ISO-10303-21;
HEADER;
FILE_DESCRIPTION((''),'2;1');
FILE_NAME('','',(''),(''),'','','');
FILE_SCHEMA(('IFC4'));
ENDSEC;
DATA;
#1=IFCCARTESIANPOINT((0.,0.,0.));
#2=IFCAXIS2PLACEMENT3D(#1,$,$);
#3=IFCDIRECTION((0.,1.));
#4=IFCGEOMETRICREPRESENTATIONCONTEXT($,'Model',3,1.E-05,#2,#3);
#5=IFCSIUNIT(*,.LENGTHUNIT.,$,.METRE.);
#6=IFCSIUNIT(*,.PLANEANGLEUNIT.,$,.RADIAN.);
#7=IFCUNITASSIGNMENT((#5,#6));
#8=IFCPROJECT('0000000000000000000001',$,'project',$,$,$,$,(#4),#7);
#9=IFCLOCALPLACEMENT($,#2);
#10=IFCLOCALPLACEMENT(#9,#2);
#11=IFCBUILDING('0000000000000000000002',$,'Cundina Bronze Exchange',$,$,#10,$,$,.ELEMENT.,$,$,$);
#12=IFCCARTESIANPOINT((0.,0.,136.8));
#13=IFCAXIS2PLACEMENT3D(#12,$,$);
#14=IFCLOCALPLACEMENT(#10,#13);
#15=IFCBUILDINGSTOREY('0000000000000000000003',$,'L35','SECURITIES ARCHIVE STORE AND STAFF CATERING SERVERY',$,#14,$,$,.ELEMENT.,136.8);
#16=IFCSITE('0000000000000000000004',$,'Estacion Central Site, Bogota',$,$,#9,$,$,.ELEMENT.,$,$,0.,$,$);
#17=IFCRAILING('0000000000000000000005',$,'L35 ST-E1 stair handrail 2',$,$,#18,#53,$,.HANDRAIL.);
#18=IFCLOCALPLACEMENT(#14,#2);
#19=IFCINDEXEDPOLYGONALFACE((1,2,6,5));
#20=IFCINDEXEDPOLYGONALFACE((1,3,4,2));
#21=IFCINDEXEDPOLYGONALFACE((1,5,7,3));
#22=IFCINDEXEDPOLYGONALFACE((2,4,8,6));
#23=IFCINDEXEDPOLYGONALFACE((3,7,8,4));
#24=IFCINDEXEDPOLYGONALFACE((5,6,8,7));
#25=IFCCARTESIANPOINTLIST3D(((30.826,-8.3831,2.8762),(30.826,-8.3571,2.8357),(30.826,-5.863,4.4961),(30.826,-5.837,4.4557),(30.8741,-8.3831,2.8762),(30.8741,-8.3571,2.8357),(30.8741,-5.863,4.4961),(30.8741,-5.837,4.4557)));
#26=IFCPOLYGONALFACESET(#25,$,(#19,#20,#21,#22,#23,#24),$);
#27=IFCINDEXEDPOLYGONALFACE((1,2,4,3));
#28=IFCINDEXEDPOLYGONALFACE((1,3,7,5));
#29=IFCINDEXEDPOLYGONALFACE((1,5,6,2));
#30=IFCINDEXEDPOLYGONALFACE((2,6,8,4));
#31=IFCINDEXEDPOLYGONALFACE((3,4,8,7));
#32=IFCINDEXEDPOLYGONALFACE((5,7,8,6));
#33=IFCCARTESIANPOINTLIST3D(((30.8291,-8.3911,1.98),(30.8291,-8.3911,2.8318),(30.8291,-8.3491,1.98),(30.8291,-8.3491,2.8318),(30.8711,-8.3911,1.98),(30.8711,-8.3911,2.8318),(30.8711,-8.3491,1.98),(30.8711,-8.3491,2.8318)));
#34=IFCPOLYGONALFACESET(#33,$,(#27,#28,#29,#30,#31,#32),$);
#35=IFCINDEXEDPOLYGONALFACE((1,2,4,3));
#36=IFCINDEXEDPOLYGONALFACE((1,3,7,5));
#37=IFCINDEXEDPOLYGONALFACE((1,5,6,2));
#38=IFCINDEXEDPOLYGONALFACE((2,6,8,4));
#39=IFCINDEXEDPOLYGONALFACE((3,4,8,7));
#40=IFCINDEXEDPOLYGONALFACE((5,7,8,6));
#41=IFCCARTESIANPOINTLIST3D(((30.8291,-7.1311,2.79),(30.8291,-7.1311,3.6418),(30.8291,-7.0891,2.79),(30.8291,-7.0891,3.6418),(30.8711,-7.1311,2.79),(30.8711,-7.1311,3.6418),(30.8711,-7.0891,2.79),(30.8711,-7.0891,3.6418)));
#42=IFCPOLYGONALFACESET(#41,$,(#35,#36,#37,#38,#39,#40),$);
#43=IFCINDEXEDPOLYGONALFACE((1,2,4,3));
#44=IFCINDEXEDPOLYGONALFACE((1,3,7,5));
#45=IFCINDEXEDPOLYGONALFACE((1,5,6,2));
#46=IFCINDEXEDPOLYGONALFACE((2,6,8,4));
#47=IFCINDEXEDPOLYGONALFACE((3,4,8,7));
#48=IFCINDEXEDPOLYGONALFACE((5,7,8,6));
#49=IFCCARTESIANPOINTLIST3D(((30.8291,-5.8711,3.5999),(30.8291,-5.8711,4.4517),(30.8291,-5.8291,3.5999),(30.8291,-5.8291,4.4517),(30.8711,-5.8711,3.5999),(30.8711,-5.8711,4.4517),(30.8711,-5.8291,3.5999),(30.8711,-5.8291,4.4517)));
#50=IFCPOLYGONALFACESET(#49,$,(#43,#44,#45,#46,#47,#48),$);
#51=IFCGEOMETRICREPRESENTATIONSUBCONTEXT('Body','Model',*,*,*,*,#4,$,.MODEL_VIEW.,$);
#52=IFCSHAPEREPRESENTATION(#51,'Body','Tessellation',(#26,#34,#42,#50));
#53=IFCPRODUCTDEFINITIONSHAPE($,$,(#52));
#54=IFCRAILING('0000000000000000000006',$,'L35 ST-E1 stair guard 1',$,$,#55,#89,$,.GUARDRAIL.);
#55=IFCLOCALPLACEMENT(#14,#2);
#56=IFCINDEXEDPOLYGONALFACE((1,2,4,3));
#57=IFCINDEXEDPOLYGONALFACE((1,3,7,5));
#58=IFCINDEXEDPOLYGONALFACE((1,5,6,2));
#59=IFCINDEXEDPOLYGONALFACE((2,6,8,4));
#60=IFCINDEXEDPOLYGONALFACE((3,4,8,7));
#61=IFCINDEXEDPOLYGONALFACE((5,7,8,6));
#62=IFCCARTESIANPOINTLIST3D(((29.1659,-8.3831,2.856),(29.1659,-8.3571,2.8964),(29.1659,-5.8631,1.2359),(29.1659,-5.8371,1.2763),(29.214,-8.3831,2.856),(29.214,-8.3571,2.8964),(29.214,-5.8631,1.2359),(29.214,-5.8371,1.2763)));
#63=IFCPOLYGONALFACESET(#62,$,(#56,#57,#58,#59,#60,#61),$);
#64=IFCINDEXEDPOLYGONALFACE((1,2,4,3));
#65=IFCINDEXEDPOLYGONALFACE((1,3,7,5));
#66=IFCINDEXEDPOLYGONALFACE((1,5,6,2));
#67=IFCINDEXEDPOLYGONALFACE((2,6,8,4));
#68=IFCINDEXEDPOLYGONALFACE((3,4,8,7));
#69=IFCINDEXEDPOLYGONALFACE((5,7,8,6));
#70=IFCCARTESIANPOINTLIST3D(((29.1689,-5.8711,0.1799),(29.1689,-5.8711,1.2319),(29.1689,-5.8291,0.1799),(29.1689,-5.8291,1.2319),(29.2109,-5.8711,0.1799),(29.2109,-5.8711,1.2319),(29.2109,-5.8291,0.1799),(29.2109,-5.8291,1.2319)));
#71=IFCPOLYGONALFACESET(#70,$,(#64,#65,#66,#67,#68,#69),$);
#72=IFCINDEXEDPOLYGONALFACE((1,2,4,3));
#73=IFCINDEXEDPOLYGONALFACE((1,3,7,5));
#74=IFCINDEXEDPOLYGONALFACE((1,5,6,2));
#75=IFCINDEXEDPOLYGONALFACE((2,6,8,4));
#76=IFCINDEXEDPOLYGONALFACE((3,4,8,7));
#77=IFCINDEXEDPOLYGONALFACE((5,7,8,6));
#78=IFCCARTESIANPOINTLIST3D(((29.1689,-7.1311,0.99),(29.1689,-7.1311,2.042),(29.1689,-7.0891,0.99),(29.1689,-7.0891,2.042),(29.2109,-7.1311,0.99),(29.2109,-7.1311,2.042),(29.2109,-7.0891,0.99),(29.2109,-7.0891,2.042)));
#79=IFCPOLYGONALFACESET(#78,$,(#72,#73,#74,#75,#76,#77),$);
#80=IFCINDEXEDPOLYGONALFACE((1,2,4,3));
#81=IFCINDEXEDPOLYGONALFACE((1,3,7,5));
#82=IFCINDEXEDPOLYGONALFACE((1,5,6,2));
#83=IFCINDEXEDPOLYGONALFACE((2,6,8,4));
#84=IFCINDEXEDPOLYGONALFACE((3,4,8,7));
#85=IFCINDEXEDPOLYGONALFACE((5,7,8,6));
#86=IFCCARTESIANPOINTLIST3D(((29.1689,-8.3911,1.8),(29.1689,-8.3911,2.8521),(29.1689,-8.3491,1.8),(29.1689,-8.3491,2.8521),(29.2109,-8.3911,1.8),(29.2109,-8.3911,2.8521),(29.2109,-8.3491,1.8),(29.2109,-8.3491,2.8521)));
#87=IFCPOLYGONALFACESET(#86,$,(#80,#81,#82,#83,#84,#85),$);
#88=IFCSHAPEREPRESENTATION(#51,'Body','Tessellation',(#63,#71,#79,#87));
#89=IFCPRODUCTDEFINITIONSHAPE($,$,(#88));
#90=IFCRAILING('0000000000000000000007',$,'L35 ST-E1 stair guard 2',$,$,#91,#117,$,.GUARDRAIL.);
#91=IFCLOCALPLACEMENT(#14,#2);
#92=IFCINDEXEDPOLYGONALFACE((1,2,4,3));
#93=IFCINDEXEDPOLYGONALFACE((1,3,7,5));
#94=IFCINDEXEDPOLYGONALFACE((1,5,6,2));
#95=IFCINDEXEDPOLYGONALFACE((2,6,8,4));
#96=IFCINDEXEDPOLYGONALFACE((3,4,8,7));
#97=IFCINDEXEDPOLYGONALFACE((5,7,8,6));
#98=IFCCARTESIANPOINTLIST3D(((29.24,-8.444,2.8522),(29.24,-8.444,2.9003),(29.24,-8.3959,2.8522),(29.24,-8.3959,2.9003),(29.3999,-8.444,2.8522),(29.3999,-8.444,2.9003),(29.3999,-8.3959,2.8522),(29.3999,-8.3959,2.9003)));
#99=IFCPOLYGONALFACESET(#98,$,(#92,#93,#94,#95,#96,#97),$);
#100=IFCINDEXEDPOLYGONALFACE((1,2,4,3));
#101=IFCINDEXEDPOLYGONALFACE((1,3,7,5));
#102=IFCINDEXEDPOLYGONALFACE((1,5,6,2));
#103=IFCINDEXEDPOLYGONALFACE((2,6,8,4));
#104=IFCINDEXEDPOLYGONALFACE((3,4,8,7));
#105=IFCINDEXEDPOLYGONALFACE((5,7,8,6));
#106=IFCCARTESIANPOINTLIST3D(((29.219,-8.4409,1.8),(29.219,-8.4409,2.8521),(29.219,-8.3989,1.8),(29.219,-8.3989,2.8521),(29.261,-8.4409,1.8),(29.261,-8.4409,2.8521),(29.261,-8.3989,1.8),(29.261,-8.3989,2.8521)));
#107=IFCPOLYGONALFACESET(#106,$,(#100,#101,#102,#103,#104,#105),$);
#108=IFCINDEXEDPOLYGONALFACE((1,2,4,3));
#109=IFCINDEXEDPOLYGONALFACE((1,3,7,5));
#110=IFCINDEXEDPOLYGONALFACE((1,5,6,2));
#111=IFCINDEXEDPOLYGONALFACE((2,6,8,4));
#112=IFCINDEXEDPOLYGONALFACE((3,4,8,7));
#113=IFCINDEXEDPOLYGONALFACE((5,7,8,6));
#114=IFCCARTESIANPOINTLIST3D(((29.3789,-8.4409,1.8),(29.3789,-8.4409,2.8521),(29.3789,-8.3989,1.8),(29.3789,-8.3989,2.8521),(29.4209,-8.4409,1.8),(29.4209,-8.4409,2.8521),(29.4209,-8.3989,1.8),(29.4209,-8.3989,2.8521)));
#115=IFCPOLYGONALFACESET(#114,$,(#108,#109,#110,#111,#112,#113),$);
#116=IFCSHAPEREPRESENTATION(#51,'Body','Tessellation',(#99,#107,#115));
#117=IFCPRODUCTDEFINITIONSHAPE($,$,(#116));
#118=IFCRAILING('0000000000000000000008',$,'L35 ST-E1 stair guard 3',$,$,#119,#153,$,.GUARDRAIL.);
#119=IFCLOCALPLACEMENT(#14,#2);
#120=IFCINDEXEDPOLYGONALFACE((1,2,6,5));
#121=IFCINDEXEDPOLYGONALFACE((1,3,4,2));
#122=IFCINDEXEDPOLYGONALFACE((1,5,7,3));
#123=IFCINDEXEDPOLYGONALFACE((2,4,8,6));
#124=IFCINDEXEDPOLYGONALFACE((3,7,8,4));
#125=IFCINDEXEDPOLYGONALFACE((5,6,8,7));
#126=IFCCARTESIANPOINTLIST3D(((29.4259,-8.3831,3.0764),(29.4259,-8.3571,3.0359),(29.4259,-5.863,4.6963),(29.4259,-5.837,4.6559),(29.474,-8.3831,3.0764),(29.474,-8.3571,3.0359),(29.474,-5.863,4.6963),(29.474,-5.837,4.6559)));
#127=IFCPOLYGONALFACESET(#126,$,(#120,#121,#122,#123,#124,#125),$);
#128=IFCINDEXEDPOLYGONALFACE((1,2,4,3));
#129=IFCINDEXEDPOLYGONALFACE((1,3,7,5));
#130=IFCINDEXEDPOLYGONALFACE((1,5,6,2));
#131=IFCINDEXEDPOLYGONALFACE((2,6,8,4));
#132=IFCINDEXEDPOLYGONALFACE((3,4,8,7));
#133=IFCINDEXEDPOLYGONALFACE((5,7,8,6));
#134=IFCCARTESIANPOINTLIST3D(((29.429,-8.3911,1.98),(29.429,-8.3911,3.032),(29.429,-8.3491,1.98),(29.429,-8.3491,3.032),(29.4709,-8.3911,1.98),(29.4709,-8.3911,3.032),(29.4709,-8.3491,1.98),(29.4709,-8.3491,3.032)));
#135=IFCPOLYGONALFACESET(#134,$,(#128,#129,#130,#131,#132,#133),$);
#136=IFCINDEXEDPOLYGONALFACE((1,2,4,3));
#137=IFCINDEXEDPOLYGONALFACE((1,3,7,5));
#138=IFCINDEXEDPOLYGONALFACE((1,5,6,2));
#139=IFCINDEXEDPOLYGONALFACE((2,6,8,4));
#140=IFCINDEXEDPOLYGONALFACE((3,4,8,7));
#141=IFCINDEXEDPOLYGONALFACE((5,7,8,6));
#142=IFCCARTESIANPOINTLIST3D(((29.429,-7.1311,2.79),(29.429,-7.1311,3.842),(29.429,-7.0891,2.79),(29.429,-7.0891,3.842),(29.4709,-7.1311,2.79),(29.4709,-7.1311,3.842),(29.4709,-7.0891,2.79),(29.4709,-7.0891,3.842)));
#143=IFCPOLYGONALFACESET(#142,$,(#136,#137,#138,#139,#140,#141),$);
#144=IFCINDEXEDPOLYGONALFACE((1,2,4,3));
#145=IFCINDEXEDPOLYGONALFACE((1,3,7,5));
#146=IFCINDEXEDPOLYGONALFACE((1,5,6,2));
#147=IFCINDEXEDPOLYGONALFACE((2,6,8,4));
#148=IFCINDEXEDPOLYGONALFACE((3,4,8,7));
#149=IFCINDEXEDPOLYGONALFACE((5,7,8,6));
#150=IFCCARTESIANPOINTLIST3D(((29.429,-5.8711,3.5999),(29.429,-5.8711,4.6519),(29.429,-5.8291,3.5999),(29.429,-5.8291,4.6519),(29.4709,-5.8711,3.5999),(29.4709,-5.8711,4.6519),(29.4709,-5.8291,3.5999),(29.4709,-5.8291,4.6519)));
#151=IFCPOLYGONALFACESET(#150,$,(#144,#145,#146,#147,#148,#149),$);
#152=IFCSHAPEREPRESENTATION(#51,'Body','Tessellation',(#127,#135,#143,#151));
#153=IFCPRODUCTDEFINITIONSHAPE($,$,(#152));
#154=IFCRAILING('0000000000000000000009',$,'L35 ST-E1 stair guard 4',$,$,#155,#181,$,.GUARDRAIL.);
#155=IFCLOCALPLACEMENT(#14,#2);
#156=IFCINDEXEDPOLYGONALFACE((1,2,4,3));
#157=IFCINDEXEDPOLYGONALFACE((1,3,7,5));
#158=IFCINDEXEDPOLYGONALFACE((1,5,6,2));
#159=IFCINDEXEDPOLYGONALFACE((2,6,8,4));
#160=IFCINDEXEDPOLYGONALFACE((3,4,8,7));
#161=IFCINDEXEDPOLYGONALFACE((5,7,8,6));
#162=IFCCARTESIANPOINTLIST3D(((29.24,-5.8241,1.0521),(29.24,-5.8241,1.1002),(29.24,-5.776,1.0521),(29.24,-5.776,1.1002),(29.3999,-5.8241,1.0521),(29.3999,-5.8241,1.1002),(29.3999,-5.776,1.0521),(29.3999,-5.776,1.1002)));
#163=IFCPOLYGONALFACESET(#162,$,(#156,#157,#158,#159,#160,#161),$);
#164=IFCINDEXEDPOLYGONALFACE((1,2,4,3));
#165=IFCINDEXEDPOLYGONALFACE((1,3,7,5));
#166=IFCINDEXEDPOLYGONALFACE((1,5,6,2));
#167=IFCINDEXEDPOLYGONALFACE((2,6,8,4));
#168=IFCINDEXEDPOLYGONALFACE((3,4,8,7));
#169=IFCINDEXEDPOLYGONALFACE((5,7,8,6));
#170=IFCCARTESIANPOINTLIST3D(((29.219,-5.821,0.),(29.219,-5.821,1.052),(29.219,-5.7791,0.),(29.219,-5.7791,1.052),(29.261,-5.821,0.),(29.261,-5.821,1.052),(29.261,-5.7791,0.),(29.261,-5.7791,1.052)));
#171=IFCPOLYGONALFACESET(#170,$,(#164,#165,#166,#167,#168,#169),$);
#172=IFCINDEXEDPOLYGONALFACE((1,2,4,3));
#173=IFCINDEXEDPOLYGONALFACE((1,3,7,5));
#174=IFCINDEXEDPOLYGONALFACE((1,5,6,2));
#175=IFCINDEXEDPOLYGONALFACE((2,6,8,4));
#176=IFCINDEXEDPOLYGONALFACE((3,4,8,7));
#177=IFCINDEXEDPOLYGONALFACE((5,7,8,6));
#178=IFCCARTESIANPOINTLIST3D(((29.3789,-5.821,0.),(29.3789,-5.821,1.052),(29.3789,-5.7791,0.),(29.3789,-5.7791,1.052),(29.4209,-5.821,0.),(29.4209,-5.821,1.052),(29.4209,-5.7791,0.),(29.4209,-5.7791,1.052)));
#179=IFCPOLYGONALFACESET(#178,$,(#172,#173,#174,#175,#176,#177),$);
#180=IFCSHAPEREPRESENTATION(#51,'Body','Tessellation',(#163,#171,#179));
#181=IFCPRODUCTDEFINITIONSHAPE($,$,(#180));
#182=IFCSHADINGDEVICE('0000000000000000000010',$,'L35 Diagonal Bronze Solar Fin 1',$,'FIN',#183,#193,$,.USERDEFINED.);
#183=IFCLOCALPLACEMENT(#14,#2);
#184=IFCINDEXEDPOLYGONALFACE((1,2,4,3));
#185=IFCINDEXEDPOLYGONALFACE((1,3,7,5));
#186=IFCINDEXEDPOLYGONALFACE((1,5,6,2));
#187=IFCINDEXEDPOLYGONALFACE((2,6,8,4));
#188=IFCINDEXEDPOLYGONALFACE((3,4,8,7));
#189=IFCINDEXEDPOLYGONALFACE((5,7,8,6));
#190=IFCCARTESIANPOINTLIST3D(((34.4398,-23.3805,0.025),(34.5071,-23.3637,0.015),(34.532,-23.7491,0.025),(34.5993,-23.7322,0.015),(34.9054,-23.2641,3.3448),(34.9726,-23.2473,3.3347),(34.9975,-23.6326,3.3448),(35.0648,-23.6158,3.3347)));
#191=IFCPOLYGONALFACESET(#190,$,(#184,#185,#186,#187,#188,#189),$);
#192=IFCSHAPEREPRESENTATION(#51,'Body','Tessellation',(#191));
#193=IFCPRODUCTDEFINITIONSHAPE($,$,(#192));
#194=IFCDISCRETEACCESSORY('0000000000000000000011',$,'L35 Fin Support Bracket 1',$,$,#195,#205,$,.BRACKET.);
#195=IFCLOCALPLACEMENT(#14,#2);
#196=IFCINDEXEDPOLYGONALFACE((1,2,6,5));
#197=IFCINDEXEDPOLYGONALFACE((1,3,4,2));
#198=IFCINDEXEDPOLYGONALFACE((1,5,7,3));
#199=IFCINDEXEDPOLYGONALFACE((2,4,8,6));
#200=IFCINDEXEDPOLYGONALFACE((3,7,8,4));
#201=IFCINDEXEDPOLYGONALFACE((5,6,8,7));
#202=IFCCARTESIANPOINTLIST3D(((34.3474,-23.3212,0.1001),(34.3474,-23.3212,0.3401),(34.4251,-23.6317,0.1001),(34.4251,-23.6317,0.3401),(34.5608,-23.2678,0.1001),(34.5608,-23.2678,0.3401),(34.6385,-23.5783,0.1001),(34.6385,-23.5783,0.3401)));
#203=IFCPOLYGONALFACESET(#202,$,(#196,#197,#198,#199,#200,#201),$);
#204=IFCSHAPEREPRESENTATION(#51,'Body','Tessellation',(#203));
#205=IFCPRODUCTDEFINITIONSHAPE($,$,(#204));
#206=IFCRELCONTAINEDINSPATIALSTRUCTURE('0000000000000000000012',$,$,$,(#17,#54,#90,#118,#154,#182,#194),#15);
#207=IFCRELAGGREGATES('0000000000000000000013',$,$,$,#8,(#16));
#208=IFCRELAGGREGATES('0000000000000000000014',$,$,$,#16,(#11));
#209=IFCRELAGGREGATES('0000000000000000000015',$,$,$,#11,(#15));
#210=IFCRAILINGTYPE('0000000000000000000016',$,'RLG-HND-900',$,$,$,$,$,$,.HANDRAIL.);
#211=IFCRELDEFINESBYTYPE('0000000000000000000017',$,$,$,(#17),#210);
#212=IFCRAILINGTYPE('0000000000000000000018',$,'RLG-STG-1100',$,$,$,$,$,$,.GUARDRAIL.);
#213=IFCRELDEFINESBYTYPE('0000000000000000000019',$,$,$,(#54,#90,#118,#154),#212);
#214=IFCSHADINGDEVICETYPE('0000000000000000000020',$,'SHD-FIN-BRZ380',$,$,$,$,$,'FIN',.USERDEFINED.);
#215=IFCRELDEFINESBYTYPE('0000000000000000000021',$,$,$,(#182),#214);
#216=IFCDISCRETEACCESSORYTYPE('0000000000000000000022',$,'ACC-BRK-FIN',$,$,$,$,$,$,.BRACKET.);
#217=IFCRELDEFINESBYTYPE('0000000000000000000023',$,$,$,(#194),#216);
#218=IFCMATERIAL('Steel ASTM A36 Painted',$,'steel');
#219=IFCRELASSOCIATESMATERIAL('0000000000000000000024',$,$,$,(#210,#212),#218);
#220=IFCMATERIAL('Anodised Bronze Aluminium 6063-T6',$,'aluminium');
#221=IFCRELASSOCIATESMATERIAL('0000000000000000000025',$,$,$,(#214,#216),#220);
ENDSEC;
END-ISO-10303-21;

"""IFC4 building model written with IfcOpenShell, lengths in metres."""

from ifc_helpers import new_model, si_unit, direction, frame, origin, origin_2d, place, context, subcontext, project, spatial, rectangle, extrude, material, material_profile, profile_set, type_object, element, save


model = new_model("IFC4")

# Units and contexts
model_context = context("Model", 3, precision=1e-05, world=origin(), true_north=direction((0.0, 1.0)))
body_context = subcontext(model_context, "Body", "Model", "MODEL_VIEW")
ifc_project = project(units=[si_unit("LENGTHUNIT", "METRE"), si_unit("PLANEANGLEUNIT", "RADIAN")], contexts=[model_context])

# Site, building, storey
site_placement = place(None, origin())
site = spatial("IfcSite", under=ifc_project, at=site_placement, Name="Estacion Central Site, Bogota", CompositionType="ELEMENT", RefElevation=0.0)
building_placement = place(site_placement, origin())
building = spatial("IfcBuilding", under=site, at=building_placement, Name="Cundina Bronze Exchange", CompositionType="ELEMENT")
storey_placement = place(building_placement, frame((0.0, 0.0, 136.8)))
storey = spatial("IfcBuildingStorey", under=building, at=storey_placement, Name="L35", Description="SECURITIES ARCHIVE STORE AND STAFF CATERING SERVERY", CompositionType="ELEMENT", Elevation=136.8)

# Shared definitions
ifc_material_1 = material(Name="Anodised Bronze Aluminium 6063-T6", Category="aluminium")

# Railings
ifc_material_2 = material(Name="Steel ASTM A36 Painted", Category="steel")
railing_type_1 = type_object("IfcRailingType", Name="RLG-HND-900", PredefinedType="HANDRAIL", material=ifc_material_2)
railing_1_placement = place(storey_placement, frame((30.8501, -8.3701, 1.98)))
element("IfcRailing", 1, at=railing_1_placement, inside=storey, type_object=railing_type_1, Name="L35 ST-E1 stair handrail 2", PredefinedType="HANDRAIL", context=body_context, shape_type="SweptSolid", body=[
    extrude(rectangle(XDim=0.0481, YDim=0.0481, at=origin_2d()), frame((0.0, 0.0, 0.876), z_axis=(0.0, 0.8412, 0.540725), x_axis=(-1.0, 0.0, 0.0)), (0.0, 0.0, 1.0), 2.9958),
    extrude(rectangle(XDim=0.042, YDim=0.042, at=origin_2d()), origin(), (0.0, 0.0, 1.0), 0.8518),
    extrude(rectangle(XDim=0.042, YDim=0.042, at=origin_2d()), frame((0.0, 1.26, 0.8101)), (0.0, 0.0, 1.0), 0.8518),
    extrude(rectangle(XDim=0.042, YDim=0.042, at=origin_2d()), frame((0.0, 2.52, 1.6199)), (0.0, 0.0, 1.0), 0.8518),
])
railing_type_2 = type_object("IfcRailingType", Name="RLG-STG-1100", PredefinedType="GUARDRAIL", material=ifc_material_2)
railing_2_placement = place(storey_placement, frame((29.1899, -5.8501, 0.1799)))
element("IfcRailing", 2, at=railing_2_placement, inside=storey, type_object=railing_type_2, Name="L35 ST-E1 stair guard 1", PredefinedType="GUARDRAIL", context=body_context, shape_type="SweptSolid", body=[
    extrude(rectangle(XDim=0.0481, YDim=0.0481, at=origin_2d()), frame((0.0, 0.0, 1.0762), z_axis=(0.0, -0.841163, 0.540782), x_axis=(1.0, 0.0, 0.0)), (0.0, 0.0, 1.0), 2.9958),
    extrude(rectangle(XDim=0.042, YDim=0.042, at=origin_2d()), origin(), (0.0, 0.0, 1.0), 1.052),
    extrude(rectangle(XDim=0.042, YDim=0.042, at=origin_2d()), frame((0.0, -1.26, 0.8101)), (0.0, 0.0, 1.0), 1.052),
    extrude(rectangle(XDim=0.042, YDim=0.042, at=origin_2d()), frame((0.0, -2.52, 1.6201)), (0.0, 0.0, 1.0), 1.052),
])
railing_3_placement = place(storey_placement, frame((29.24, -8.4199, 1.8)))
element("IfcRailing", 3, at=railing_3_placement, inside=storey, type_object=railing_type_2, Name="L35 ST-E1 stair guard 2", PredefinedType="GUARDRAIL", context=body_context, shape_type="SweptSolid", body=[
    extrude(rectangle(XDim=0.0481, YDim=0.0481, at=origin_2d()), frame((0.0, 0.0, 1.0762), z_axis=(1.0, 0.0, 0.0), x_axis=(0.0, 1.0, 0.0)), (0.0, 0.0, 1.0), 0.1599),
    extrude(rectangle(XDim=0.042, YDim=0.042, at=origin_2d()), origin(), (0.0, 0.0, 1.0), 1.052),
    extrude(rectangle(XDim=0.042, YDim=0.042, at=origin_2d()), frame((0.1599, 0.0, 0.0)), (0.0, 0.0, 1.0), 1.052),
])
railing_4_placement = place(storey_placement, frame((29.45, -8.3701, 1.98)))
element("IfcRailing", 4, at=railing_4_placement, inside=storey, type_object=railing_type_2, Name="L35 ST-E1 stair guard 3", PredefinedType="GUARDRAIL", context=body_context, shape_type="SweptSolid", body=[
    extrude(rectangle(XDim=0.0481, YDim=0.0481, at=origin_2d()), frame((0.0, 0.0, 1.0762), z_axis=(0.0, 0.8412, 0.540725), x_axis=(-1.0, 0.0, 0.0)), (0.0, 0.0, 1.0), 2.9958),
    extrude(rectangle(XDim=0.042, YDim=0.042, at=origin_2d()), origin(), (0.0, 0.0, 1.0), 1.052),
    extrude(rectangle(XDim=0.042, YDim=0.042, at=origin_2d()), frame((0.0, 1.26, 0.8101)), (0.0, 0.0, 1.0), 1.052),
    extrude(rectangle(XDim=0.042, YDim=0.042, at=origin_2d()), frame((0.0, 2.52, 1.6199)), (0.0, 0.0, 1.0), 1.052),
])
railing_5_placement = place(storey_placement, frame((29.24, -5.8, 0.0)))
element("IfcRailing", 5, at=railing_5_placement, inside=storey, type_object=railing_type_2, Name="L35 ST-E1 stair guard 4", PredefinedType="GUARDRAIL", context=body_context, shape_type="SweptSolid", body=[
    extrude(rectangle(XDim=0.0481, YDim=0.0481, at=origin_2d()), frame((0.0, 0.0, 1.0762), z_axis=(1.0, 0.0, 0.0), x_axis=(0.0, 1.0, 0.0)), (0.0, 0.0, 1.0), 0.1599),
    extrude(rectangle(XDim=0.042, YDim=0.042, at=origin_2d()), origin(), (0.0, 0.0, 1.0), 1.052),
    extrude(rectangle(XDim=0.042, YDim=0.042, at=origin_2d()), frame((0.1599, 0.0, 0.0)), (0.0, 0.0, 1.0), 1.052),
])

# Shading device
ifc_material_profile_1 = material_profile(ifc_material_1, rectangle(XDim=0.0701, YDim=0.3799, at=origin_2d()), Name="FIN70X380", Category="aluminium")
ifc_profile_set_1 = profile_set([ifc_material_profile_1], Name="Anodised Bronze Aluminium 6063-T6")
shading_device_type = type_object("IfcShadingDeviceType", Name="SHD-FIN-BRZ380", ElementType="FIN", PredefinedType="USERDEFINED", material=ifc_profile_set_1)
shading_device_placement = place(storey_placement, frame((34.5195, -23.5564, 0.02), z_axis=(0.138798, 0.034718, 0.989712), x_axis=(-0.960132, -0.240159, 0.143075)))
element("IfcShadingDevice", 6, at=shading_device_placement, inside=storey, type_object=shading_device_type, Name="L35 Diagonal Bronze Solar Fin 1", ObjectType="FIN", PredefinedType="USERDEFINED", context=body_context, shape_type="SweptSolid", body=[
    extrude(rectangle(XDim=0.0701, YDim=0.3799, at=origin_2d()), origin(), (0.0, 0.0, 1.0), 3.3542),
])

# Discrete accessory
discrete_accessory_type = type_object("IfcDiscreteAccessoryType", Name="ACC-BRK-FIN", PredefinedType="BRACKET", material=ifc_material_1)
discrete_accessory_placement = place(storey_placement, frame((34.4929, -23.4497, 0.1001), z_axis=(0.0, 0.0, 1.0), x_axis=(0.970093, 0.242735, 0.0)))
element("IfcDiscreteAccessory", 7, at=discrete_accessory_placement, inside=storey, type_object=discrete_accessory_type, Name="L35 Fin Support Bracket 1", PredefinedType="BRACKET", context=body_context, shape_type="SweptSolid", body=[
    extrude(rectangle(XDim=0.22, YDim=0.3201, at=origin_2d()), origin(), (0.0, 0.0, 1.0), 0.24),
])

save(model, "model.ifc")
